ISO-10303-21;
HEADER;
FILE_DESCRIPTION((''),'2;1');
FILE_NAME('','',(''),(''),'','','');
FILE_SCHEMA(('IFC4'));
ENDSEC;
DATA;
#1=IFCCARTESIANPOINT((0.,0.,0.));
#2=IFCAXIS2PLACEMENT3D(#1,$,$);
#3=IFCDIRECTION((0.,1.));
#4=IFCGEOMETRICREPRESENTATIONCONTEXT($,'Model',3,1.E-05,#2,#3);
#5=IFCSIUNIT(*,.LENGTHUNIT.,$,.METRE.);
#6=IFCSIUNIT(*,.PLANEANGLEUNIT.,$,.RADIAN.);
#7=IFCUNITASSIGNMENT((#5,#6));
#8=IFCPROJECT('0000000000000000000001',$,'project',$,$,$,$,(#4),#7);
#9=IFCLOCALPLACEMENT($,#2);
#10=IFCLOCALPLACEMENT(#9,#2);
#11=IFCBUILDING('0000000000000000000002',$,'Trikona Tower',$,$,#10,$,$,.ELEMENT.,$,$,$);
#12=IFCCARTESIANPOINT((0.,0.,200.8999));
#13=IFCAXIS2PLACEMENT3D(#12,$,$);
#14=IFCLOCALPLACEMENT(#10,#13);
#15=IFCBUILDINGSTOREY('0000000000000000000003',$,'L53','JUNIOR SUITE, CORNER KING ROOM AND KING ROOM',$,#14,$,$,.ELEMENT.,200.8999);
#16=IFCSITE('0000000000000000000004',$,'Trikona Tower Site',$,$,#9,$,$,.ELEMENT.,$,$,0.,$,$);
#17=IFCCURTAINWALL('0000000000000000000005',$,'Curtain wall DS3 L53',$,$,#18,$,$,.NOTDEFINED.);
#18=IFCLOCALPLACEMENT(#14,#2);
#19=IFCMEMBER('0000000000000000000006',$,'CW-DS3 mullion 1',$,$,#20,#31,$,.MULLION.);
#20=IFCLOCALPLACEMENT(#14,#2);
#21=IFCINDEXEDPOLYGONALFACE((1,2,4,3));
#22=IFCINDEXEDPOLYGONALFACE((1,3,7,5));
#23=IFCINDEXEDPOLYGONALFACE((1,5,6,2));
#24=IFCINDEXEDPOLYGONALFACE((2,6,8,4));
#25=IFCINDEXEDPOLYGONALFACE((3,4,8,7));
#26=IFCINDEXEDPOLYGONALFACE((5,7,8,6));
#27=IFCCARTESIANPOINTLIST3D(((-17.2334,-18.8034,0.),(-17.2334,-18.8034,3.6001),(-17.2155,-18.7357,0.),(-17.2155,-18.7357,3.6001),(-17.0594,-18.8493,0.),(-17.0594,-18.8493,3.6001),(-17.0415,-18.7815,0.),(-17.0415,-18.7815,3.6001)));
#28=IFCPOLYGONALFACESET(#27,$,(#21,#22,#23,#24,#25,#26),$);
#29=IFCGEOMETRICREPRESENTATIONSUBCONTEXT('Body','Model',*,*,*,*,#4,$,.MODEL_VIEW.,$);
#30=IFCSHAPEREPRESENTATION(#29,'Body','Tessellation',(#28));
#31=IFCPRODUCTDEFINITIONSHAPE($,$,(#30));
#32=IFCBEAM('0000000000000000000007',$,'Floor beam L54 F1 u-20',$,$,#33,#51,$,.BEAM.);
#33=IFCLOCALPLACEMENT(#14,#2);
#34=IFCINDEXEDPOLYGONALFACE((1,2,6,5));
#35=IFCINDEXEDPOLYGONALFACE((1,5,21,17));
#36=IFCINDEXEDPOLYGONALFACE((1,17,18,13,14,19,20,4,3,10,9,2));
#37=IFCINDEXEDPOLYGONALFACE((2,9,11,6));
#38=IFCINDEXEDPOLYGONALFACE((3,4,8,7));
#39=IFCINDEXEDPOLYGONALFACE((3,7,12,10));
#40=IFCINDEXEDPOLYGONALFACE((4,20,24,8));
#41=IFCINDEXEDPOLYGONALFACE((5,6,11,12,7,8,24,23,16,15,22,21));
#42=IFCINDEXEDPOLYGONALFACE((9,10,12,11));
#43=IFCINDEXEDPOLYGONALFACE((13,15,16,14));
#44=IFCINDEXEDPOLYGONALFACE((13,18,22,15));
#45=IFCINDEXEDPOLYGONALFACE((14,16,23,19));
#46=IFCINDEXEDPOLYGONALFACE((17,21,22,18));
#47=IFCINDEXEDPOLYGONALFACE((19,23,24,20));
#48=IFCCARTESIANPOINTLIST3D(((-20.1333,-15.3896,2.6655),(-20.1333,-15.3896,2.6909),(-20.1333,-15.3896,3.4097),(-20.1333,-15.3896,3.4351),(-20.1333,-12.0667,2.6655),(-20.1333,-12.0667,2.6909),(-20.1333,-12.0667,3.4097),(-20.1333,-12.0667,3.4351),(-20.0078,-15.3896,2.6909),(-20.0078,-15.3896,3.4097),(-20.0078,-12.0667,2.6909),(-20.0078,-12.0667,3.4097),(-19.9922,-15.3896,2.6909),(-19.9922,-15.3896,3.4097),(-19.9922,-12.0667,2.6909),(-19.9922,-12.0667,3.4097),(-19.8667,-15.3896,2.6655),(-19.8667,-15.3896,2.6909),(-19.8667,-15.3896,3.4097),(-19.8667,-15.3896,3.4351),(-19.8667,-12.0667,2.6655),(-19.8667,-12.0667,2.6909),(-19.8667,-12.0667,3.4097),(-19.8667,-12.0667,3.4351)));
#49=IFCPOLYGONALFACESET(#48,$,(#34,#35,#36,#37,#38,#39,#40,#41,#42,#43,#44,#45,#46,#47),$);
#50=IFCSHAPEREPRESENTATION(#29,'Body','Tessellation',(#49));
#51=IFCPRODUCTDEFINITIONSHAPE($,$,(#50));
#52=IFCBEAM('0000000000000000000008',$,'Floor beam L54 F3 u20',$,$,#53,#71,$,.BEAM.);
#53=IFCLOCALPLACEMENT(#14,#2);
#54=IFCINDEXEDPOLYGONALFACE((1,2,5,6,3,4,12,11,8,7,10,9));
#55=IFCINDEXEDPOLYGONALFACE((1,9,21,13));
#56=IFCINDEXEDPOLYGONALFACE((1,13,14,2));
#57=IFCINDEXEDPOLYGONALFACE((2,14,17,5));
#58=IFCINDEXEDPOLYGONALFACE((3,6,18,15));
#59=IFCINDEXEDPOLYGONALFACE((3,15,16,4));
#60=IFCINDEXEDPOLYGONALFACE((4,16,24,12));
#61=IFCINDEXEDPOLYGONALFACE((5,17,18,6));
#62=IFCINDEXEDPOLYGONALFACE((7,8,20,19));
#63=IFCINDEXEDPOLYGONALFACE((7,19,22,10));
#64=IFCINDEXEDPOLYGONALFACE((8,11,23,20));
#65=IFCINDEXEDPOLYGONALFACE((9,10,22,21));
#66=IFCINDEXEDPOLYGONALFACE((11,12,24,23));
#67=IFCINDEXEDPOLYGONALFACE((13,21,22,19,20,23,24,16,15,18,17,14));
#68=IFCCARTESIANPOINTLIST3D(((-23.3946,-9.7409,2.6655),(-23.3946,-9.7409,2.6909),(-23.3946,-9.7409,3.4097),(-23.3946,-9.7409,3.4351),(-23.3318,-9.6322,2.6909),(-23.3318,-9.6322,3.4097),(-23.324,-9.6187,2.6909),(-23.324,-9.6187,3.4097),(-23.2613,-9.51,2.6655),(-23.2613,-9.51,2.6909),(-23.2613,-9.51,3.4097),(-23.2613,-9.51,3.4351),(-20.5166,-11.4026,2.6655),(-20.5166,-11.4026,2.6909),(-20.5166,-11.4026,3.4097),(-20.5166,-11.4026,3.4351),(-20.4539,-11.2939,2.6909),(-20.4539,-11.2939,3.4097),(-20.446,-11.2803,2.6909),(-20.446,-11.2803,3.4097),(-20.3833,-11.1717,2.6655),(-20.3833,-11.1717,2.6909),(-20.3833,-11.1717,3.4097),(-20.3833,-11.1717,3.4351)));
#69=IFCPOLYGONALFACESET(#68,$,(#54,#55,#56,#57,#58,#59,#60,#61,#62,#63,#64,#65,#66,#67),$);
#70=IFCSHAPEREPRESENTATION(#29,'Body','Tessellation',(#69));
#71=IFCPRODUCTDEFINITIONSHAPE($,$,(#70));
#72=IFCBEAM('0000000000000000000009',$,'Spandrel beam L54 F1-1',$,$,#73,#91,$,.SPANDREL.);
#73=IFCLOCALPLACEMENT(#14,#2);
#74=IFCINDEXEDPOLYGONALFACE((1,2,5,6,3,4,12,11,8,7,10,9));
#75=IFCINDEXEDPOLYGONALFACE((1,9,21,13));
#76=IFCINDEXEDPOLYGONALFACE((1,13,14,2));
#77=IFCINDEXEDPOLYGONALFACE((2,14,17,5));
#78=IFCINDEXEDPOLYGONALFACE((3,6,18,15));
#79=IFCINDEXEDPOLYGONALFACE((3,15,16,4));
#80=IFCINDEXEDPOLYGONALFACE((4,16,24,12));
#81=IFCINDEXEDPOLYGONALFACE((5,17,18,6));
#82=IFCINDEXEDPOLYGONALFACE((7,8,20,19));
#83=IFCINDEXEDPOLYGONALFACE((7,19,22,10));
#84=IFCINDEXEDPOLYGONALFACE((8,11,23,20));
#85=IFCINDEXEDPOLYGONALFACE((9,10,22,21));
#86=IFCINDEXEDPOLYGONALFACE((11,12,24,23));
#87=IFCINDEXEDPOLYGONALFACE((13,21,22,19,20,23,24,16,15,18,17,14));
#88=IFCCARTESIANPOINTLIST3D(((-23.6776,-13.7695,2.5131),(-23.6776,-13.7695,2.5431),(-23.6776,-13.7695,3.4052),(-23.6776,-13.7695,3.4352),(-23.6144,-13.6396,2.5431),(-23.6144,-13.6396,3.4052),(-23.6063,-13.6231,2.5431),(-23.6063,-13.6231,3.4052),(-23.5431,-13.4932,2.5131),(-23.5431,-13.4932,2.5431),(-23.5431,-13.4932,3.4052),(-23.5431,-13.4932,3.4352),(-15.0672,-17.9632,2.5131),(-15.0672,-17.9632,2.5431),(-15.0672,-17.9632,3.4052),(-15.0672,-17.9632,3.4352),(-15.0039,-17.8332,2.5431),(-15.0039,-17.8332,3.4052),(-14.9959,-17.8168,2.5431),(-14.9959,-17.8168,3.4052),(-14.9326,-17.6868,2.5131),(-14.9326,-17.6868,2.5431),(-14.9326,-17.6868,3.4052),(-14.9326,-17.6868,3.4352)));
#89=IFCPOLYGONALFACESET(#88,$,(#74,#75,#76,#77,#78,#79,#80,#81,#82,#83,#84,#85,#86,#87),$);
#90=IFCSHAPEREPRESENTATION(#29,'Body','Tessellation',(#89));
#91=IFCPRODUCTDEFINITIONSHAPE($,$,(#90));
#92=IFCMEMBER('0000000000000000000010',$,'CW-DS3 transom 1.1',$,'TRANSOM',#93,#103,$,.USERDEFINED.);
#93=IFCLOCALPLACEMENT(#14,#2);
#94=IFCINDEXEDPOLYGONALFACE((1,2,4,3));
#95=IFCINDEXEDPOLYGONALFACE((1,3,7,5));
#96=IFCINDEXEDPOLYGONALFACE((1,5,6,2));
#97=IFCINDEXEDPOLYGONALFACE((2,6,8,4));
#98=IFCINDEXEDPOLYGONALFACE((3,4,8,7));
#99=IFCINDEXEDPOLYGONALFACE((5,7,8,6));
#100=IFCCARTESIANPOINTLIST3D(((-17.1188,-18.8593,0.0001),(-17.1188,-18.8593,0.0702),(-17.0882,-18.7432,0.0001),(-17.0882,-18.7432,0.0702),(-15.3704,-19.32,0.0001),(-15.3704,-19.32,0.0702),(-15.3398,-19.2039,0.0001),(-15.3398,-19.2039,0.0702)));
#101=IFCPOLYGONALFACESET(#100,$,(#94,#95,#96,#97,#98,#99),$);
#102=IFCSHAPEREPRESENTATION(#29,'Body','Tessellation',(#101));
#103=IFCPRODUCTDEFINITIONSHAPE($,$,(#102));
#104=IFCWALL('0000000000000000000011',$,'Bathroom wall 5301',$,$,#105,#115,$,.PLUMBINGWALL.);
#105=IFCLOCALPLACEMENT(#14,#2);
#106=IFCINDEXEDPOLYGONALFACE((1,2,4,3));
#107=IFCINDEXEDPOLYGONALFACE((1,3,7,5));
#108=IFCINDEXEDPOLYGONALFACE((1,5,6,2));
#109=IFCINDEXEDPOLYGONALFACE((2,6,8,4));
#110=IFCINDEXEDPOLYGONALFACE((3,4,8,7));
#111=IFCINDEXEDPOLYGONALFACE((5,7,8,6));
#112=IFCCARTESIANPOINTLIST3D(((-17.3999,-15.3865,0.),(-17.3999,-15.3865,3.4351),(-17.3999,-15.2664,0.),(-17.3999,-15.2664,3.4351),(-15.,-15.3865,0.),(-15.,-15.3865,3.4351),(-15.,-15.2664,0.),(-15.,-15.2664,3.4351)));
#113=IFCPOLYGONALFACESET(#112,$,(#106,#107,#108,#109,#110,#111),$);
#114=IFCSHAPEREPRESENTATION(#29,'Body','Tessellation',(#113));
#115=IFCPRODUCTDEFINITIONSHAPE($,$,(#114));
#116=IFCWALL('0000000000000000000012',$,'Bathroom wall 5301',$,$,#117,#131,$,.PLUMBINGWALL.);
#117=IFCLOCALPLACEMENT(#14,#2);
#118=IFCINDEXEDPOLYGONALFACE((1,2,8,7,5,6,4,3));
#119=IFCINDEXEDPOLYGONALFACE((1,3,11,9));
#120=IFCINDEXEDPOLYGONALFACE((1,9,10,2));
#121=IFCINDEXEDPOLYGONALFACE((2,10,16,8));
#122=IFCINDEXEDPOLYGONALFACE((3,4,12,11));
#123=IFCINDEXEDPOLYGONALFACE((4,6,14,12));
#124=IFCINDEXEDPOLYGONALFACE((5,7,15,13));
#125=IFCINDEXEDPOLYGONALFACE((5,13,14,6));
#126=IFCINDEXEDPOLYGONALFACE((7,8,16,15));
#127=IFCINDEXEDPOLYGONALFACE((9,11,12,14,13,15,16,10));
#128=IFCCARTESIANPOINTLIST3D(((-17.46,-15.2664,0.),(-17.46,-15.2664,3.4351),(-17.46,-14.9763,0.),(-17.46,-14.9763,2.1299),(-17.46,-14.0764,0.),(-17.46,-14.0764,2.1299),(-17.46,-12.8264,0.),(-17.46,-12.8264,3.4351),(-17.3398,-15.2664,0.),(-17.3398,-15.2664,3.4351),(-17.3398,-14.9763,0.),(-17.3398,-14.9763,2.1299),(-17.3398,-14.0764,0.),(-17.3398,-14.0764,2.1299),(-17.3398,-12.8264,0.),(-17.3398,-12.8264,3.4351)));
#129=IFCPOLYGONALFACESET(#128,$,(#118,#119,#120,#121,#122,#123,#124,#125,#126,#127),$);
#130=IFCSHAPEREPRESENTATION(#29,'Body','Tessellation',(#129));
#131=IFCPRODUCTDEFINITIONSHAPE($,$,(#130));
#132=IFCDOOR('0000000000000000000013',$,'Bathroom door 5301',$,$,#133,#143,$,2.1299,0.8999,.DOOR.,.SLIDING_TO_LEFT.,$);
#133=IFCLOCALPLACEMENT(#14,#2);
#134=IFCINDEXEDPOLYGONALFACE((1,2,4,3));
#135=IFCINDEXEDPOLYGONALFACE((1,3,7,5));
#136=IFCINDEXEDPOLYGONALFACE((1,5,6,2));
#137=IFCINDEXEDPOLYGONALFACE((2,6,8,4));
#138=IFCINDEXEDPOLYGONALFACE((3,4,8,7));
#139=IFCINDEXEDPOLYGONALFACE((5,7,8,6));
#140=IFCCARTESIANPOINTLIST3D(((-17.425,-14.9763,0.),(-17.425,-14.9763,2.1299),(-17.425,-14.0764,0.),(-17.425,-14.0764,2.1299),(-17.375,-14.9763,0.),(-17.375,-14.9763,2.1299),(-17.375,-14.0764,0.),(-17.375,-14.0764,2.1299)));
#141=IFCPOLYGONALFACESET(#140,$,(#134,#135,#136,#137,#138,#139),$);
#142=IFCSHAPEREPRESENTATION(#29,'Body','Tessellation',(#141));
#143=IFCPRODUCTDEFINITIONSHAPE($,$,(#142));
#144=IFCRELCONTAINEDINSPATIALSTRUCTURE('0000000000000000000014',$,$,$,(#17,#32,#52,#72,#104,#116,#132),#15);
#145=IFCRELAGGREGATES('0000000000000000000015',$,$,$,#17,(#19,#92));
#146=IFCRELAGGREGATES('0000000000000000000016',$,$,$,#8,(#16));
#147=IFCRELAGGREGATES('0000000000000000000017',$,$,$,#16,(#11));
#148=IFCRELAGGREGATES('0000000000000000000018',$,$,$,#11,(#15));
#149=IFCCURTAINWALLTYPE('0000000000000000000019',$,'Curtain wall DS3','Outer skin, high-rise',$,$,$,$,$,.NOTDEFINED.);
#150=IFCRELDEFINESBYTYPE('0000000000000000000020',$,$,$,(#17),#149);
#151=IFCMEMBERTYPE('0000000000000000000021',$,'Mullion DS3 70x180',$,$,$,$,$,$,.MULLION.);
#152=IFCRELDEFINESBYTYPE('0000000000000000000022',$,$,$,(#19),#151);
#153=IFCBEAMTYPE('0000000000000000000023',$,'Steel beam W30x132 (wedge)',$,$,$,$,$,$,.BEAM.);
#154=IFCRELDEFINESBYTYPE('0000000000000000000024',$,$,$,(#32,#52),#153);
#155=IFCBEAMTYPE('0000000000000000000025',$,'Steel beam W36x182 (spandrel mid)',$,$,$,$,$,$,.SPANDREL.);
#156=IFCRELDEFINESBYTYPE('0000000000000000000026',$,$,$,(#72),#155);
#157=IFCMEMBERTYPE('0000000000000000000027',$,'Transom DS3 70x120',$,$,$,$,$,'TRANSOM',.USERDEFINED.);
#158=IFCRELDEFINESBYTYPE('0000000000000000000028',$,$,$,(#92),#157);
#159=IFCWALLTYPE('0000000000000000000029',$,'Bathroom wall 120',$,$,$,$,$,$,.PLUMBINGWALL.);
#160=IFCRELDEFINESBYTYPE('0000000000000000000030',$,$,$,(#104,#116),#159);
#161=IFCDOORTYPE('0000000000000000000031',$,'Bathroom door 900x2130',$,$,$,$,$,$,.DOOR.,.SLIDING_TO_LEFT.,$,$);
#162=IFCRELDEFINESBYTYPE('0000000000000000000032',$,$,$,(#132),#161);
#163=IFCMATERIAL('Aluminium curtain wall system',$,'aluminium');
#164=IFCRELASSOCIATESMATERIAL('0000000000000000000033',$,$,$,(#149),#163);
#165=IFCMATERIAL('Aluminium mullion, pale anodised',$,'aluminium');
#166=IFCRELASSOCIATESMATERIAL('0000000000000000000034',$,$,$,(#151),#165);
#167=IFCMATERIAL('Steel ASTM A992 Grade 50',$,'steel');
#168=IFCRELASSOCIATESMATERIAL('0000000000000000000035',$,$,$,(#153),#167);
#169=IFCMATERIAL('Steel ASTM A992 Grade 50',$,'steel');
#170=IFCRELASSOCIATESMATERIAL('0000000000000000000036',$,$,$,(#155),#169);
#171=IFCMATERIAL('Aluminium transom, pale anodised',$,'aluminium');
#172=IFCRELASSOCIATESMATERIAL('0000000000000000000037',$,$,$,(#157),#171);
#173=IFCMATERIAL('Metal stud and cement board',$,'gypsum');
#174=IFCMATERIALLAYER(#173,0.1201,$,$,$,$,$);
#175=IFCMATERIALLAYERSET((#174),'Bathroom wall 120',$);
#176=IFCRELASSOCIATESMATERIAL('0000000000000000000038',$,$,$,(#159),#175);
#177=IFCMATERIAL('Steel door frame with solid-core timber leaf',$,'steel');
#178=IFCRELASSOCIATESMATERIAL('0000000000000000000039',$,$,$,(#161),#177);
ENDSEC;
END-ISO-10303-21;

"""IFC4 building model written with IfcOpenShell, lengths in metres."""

from ifc_helpers import new_model, si_unit, direction, frame, frame_2d, origin, origin_2d, place, context, subcontext, project, spatial, rectangle, i_section, extrude, material, layer, layer_set, material_profile, profile_set, type_object, element, fill, aggregate, save


model = new_model("IFC4")

# Units and contexts
model_context = context("Model", 3, precision=1e-05, world=origin(), true_north=direction((0.0, 1.0)))
body_context = subcontext(model_context, "Body", "Model", "MODEL_VIEW")
ifc_project = project(units=[si_unit("LENGTHUNIT", "METRE"), si_unit("PLANEANGLEUNIT", "RADIAN")], contexts=[model_context])

# Site, building, storey
site_placement = place(None, origin())
site = spatial("IfcSite", under=ifc_project, at=site_placement, Name="Trikona Tower Site", CompositionType="ELEMENT", RefElevation=0.0)
building_placement = place(site_placement, origin())
building = spatial("IfcBuilding", under=site, at=building_placement, Name="Trikona Tower", CompositionType="ELEMENT")
storey_placement = place(building_placement, frame((0.0, 0.0, 200.8999)))
storey = spatial("IfcBuildingStorey", under=building, at=storey_placement, Name="L53", Description="JUNIOR SUITE, CORNER KING ROOM AND KING ROOM", CompositionType="ELEMENT", Elevation=200.8999)

# Curtain wall, member
ifc_material_1 = material(Name="Aluminium curtain wall system", Category="aluminium")
curtain_wall_type = type_object("IfcCurtainWallType", Name="Curtain wall DS3", Description="Outer skin, high-rise", PredefinedType="NOTDEFINED", material=ifc_material_1)
curtain_wall_placement = place(storey_placement, origin())
curtain_wall = element("IfcCurtainWall", 1, at=curtain_wall_placement, inside=storey, type_object=curtain_wall_type, Name="Curtain wall DS3 L53", PredefinedType="NOTDEFINED")
ifc_material_2 = material(Name="Aluminium mullion, pale anodised", Category="aluminium")
ifc_material_profile_1 = material_profile(ifc_material_2, rectangle(XDim=0.0701, YDim=0.1799, at=origin_2d()), Name="MUL-DS3")
ifc_profile_set_1 = profile_set([ifc_material_profile_1], Name="Aluminium mullion, pale anodised")
member_type_1 = type_object("IfcMemberType", Name="Mullion DS3 70x180", PredefinedType="MULLION", material=ifc_profile_set_1)
member_1_placement = place(storey_placement, frame((-17.1375, -18.7925, 0.0), z_axis=(0.0, 0.0, 1.0), x_axis=(0.254786, 0.966997, 0.0)))
member_1 = element("IfcMember", 2, at=member_1_placement, type_object=member_type_1, Name="CW-DS3 mullion 1", PredefinedType="MULLION", context=body_context, shape_type="SweptSolid", body=[
    extrude(rectangle(XDim=0.0701, YDim=0.1799, at=origin_2d()), origin(), (0.0, 0.0, 1.0), 3.6001),
])

# Beams
ifc_material_3 = material(Name="Steel ASTM A992 Grade 50", Category="steel")
ifc_material_profile_2 = material_profile(ifc_material_3, i_section(OverallWidth=0.2666, OverallDepth=0.7695, WebThickness=0.0156, FlangeThickness=0.0254, at=origin_2d()), Name="W30X132")
ifc_profile_set_2 = profile_set([ifc_material_profile_2], Name="Steel ASTM A992 Grade 50")
beam_type_1 = type_object("IfcBeamType", Name="Steel beam W30x132 (wedge)", PredefinedType="BEAM", material=ifc_profile_set_2)
beam_1_placement = place(storey_placement, frame((-20.0, -12.0667, 3.0503), z_axis=(0.0, -1.0, 0.0), x_axis=(1.0, 0.0, 0.0)))
element("IfcBeam", 3, at=beam_1_placement, inside=storey, type_object=beam_type_1, Name="Floor beam L54 F1 u-20", PredefinedType="BEAM", context=body_context, shape_type="SweptSolid", body=[
    extrude(i_section(OverallWidth=0.2666, OverallDepth=0.7695, WebThickness=0.0156, FlangeThickness=0.0254, at=origin_2d()), origin(), (0.0, 0.0, 1.0), 3.323),
])
beam_2_placement = place(storey_placement, frame((-20.45, -11.2871, 3.0503), z_axis=(-0.866019, 0.500011, 0.0), x_axis=(-0.500011, -0.866019, 0.0)))
element("IfcBeam", 4, at=beam_2_placement, inside=storey, type_object=beam_type_1, Name="Floor beam L54 F3 u20", PredefinedType="BEAM", context=body_context, shape_type="SweptSolid", body=[
    extrude(i_section(OverallWidth=0.2666, OverallDepth=0.7695, WebThickness=0.0156, FlangeThickness=0.0254, at=origin_2d()), origin(), (0.0, 0.0, 1.0), 3.3232),
])
ifc_material_4 = material(Name="Steel ASTM A992 Grade 50", Category="steel")
ifc_material_profile_3 = material_profile(ifc_material_4, i_section(OverallWidth=0.3074, OverallDepth=0.9221, WebThickness=0.0183, FlangeThickness=0.03, at=origin_2d()), Name="W36X182")
ifc_profile_set_3 = profile_set([ifc_material_profile_3], Name="Steel ASTM A992 Grade 50")
beam_type_2 = type_object("IfcBeamType", Name="Steel beam W36x182 (spandrel mid)", PredefinedType="SPANDREL", material=ifc_profile_set_3)
beam_3_placement = place(storey_placement, frame((-23.6104, -13.6313, 2.9741), z_axis=(0.899039, -0.43787, 0.0), x_axis=(0.43787, 0.899039, 0.0)))
element("IfcBeam", 5, at=beam_3_placement, inside=storey, type_object=beam_type_2, Name="Spandrel beam L54 F1-1", PredefinedType="SPANDREL", context=body_context, shape_type="SweptSolid", body=[
    extrude(i_section(OverallWidth=0.3074, OverallDepth=0.9221, WebThickness=0.0183, FlangeThickness=0.03, at=origin_2d()), origin(), (0.0, 0.0, 1.0), 9.5774),
])

# Member
ifc_material_5 = material(Name="Aluminium transom, pale anodised", Category="aluminium")
ifc_material_profile_4 = material_profile(ifc_material_5, rectangle(XDim=0.1201, YDim=0.0701, at=origin_2d()), Name="TRN-DS3")
ifc_profile_set_4 = profile_set([ifc_material_profile_4], Name="Aluminium transom, pale anodised")
member_type_2 = type_object("IfcMemberType", Name="Transom DS3 70x120", ElementType="TRANSOM", PredefinedType="USERDEFINED", material=ifc_profile_set_4)
member_2_placement = place(storey_placement, frame((-17.1035, -18.8013, 0.0352), z_axis=(0.966999, -0.254779, 0.0), x_axis=(0.254779, 0.966999, 0.0)))
member_2 = element("IfcMember", 6, at=member_2_placement, type_object=member_type_2, Name="CW-DS3 transom 1.1", ObjectType="TRANSOM", PredefinedType="USERDEFINED", context=body_context, shape_type="SweptSolid", body=[
    extrude(rectangle(XDim=0.1201, YDim=0.0701, at=origin_2d()), origin(), (0.0, 0.0, 1.0), 1.8081),
])
aggregate(curtain_wall, [member_1, member_2])

# Wall
ifc_material_6 = material(Name="Metal stud and cement board", Category="gypsum")
ifc_layer_1 = layer(ifc_material_6, 0.1201)
ifc_layer_set_1 = layer_set([ifc_layer_1], Name="Bathroom wall 120")
wall_type_1 = type_object("IfcWallType", Name="Bathroom wall 120", PredefinedType="PLUMBINGWALL", material=ifc_layer_set_1)
wall_1_placement = place(storey_placement, frame((-17.3999, -15.3264, 0.0), z_axis=(0.0, 0.0, 1.0), x_axis=(1.0, 0.0, 0.0)))
element("IfcWall", 7, at=wall_1_placement, inside=storey, type_object=wall_type_1, Name="Bathroom wall 5301", PredefinedType="PLUMBINGWALL", context=body_context, shape_type="SweptSolid", body=[
    extrude(rectangle(XDim=2.3999, YDim=0.1201, at=frame_2d((1.2, 0.0))), origin(), (0.0, 0.0, 1.0), 3.4351),
])

# Wall, opening, door
wall_2_placement = place(storey_placement, frame((-17.3999, -12.8264, 0.0), z_axis=(0.0, 0.0, 1.0), x_axis=(0.0, -1.0, 0.0)))
wall_2 = element("IfcWall", 8, at=wall_2_placement, inside=storey, type_object=wall_type_1, Name="Bathroom wall 5301", PredefinedType="PLUMBINGWALL", context=body_context, shape_type="SweptSolid", body=[
    extrude(rectangle(XDim=2.4399, YDim=0.1201, at=frame_2d((1.22, 0.0))), origin(), (0.0, 0.0, 1.0), 3.4351),
])
opening_1_placement = place(wall_2_placement, frame((1.25, 0.0, 0.0)))
opening_1 = element("IfcOpeningElement", 9, at=opening_1_placement, cuts=wall_2, PredefinedType="OPENING", context=body_context, shape_type="SweptSolid", body=[
    extrude(rectangle(XDim=0.8999, YDim=2.1299, at=frame_2d((0.45, 1.0649))), frame((0.0, 0.0701, 0.0), z_axis=(0.0, -1.0, 0.0), x_axis=(1.0, 0.0, 0.0)), (0.0, 0.0, 1.0), 0.1401),
])
ifc_material_7 = material(Name="Steel door frame with solid-core timber leaf", Category="steel")
door_type_1 = type_object("IfcDoorType", Name="Bathroom door 900x2130", OperationType="SLIDING_TO_LEFT", PredefinedType="DOOR", material=ifc_material_7)
door_1_placement = place(opening_1_placement, origin())
door_1 = element("IfcDoor", 10, at=door_1_placement, inside=storey, type_object=door_type_1, Name="Bathroom door 5301", OperationType="SLIDING_TO_LEFT", OverallHeight=2.1299, OverallWidth=0.8999, PredefinedType="DOOR", context=body_context, shape_type="SweptSolid", body=[
    extrude(rectangle(XDim=0.8999, YDim=2.1299, at=frame_2d((0.45, 1.0649))), frame((0.0, 0.0249, 0.0), z_axis=(0.0, -1.0, 0.0), x_axis=(1.0, 0.0, 0.0)), (0.0, 0.0, 1.0), 0.05),
])
fill(opening_1, door_1)

save(model, "model.ifc")
